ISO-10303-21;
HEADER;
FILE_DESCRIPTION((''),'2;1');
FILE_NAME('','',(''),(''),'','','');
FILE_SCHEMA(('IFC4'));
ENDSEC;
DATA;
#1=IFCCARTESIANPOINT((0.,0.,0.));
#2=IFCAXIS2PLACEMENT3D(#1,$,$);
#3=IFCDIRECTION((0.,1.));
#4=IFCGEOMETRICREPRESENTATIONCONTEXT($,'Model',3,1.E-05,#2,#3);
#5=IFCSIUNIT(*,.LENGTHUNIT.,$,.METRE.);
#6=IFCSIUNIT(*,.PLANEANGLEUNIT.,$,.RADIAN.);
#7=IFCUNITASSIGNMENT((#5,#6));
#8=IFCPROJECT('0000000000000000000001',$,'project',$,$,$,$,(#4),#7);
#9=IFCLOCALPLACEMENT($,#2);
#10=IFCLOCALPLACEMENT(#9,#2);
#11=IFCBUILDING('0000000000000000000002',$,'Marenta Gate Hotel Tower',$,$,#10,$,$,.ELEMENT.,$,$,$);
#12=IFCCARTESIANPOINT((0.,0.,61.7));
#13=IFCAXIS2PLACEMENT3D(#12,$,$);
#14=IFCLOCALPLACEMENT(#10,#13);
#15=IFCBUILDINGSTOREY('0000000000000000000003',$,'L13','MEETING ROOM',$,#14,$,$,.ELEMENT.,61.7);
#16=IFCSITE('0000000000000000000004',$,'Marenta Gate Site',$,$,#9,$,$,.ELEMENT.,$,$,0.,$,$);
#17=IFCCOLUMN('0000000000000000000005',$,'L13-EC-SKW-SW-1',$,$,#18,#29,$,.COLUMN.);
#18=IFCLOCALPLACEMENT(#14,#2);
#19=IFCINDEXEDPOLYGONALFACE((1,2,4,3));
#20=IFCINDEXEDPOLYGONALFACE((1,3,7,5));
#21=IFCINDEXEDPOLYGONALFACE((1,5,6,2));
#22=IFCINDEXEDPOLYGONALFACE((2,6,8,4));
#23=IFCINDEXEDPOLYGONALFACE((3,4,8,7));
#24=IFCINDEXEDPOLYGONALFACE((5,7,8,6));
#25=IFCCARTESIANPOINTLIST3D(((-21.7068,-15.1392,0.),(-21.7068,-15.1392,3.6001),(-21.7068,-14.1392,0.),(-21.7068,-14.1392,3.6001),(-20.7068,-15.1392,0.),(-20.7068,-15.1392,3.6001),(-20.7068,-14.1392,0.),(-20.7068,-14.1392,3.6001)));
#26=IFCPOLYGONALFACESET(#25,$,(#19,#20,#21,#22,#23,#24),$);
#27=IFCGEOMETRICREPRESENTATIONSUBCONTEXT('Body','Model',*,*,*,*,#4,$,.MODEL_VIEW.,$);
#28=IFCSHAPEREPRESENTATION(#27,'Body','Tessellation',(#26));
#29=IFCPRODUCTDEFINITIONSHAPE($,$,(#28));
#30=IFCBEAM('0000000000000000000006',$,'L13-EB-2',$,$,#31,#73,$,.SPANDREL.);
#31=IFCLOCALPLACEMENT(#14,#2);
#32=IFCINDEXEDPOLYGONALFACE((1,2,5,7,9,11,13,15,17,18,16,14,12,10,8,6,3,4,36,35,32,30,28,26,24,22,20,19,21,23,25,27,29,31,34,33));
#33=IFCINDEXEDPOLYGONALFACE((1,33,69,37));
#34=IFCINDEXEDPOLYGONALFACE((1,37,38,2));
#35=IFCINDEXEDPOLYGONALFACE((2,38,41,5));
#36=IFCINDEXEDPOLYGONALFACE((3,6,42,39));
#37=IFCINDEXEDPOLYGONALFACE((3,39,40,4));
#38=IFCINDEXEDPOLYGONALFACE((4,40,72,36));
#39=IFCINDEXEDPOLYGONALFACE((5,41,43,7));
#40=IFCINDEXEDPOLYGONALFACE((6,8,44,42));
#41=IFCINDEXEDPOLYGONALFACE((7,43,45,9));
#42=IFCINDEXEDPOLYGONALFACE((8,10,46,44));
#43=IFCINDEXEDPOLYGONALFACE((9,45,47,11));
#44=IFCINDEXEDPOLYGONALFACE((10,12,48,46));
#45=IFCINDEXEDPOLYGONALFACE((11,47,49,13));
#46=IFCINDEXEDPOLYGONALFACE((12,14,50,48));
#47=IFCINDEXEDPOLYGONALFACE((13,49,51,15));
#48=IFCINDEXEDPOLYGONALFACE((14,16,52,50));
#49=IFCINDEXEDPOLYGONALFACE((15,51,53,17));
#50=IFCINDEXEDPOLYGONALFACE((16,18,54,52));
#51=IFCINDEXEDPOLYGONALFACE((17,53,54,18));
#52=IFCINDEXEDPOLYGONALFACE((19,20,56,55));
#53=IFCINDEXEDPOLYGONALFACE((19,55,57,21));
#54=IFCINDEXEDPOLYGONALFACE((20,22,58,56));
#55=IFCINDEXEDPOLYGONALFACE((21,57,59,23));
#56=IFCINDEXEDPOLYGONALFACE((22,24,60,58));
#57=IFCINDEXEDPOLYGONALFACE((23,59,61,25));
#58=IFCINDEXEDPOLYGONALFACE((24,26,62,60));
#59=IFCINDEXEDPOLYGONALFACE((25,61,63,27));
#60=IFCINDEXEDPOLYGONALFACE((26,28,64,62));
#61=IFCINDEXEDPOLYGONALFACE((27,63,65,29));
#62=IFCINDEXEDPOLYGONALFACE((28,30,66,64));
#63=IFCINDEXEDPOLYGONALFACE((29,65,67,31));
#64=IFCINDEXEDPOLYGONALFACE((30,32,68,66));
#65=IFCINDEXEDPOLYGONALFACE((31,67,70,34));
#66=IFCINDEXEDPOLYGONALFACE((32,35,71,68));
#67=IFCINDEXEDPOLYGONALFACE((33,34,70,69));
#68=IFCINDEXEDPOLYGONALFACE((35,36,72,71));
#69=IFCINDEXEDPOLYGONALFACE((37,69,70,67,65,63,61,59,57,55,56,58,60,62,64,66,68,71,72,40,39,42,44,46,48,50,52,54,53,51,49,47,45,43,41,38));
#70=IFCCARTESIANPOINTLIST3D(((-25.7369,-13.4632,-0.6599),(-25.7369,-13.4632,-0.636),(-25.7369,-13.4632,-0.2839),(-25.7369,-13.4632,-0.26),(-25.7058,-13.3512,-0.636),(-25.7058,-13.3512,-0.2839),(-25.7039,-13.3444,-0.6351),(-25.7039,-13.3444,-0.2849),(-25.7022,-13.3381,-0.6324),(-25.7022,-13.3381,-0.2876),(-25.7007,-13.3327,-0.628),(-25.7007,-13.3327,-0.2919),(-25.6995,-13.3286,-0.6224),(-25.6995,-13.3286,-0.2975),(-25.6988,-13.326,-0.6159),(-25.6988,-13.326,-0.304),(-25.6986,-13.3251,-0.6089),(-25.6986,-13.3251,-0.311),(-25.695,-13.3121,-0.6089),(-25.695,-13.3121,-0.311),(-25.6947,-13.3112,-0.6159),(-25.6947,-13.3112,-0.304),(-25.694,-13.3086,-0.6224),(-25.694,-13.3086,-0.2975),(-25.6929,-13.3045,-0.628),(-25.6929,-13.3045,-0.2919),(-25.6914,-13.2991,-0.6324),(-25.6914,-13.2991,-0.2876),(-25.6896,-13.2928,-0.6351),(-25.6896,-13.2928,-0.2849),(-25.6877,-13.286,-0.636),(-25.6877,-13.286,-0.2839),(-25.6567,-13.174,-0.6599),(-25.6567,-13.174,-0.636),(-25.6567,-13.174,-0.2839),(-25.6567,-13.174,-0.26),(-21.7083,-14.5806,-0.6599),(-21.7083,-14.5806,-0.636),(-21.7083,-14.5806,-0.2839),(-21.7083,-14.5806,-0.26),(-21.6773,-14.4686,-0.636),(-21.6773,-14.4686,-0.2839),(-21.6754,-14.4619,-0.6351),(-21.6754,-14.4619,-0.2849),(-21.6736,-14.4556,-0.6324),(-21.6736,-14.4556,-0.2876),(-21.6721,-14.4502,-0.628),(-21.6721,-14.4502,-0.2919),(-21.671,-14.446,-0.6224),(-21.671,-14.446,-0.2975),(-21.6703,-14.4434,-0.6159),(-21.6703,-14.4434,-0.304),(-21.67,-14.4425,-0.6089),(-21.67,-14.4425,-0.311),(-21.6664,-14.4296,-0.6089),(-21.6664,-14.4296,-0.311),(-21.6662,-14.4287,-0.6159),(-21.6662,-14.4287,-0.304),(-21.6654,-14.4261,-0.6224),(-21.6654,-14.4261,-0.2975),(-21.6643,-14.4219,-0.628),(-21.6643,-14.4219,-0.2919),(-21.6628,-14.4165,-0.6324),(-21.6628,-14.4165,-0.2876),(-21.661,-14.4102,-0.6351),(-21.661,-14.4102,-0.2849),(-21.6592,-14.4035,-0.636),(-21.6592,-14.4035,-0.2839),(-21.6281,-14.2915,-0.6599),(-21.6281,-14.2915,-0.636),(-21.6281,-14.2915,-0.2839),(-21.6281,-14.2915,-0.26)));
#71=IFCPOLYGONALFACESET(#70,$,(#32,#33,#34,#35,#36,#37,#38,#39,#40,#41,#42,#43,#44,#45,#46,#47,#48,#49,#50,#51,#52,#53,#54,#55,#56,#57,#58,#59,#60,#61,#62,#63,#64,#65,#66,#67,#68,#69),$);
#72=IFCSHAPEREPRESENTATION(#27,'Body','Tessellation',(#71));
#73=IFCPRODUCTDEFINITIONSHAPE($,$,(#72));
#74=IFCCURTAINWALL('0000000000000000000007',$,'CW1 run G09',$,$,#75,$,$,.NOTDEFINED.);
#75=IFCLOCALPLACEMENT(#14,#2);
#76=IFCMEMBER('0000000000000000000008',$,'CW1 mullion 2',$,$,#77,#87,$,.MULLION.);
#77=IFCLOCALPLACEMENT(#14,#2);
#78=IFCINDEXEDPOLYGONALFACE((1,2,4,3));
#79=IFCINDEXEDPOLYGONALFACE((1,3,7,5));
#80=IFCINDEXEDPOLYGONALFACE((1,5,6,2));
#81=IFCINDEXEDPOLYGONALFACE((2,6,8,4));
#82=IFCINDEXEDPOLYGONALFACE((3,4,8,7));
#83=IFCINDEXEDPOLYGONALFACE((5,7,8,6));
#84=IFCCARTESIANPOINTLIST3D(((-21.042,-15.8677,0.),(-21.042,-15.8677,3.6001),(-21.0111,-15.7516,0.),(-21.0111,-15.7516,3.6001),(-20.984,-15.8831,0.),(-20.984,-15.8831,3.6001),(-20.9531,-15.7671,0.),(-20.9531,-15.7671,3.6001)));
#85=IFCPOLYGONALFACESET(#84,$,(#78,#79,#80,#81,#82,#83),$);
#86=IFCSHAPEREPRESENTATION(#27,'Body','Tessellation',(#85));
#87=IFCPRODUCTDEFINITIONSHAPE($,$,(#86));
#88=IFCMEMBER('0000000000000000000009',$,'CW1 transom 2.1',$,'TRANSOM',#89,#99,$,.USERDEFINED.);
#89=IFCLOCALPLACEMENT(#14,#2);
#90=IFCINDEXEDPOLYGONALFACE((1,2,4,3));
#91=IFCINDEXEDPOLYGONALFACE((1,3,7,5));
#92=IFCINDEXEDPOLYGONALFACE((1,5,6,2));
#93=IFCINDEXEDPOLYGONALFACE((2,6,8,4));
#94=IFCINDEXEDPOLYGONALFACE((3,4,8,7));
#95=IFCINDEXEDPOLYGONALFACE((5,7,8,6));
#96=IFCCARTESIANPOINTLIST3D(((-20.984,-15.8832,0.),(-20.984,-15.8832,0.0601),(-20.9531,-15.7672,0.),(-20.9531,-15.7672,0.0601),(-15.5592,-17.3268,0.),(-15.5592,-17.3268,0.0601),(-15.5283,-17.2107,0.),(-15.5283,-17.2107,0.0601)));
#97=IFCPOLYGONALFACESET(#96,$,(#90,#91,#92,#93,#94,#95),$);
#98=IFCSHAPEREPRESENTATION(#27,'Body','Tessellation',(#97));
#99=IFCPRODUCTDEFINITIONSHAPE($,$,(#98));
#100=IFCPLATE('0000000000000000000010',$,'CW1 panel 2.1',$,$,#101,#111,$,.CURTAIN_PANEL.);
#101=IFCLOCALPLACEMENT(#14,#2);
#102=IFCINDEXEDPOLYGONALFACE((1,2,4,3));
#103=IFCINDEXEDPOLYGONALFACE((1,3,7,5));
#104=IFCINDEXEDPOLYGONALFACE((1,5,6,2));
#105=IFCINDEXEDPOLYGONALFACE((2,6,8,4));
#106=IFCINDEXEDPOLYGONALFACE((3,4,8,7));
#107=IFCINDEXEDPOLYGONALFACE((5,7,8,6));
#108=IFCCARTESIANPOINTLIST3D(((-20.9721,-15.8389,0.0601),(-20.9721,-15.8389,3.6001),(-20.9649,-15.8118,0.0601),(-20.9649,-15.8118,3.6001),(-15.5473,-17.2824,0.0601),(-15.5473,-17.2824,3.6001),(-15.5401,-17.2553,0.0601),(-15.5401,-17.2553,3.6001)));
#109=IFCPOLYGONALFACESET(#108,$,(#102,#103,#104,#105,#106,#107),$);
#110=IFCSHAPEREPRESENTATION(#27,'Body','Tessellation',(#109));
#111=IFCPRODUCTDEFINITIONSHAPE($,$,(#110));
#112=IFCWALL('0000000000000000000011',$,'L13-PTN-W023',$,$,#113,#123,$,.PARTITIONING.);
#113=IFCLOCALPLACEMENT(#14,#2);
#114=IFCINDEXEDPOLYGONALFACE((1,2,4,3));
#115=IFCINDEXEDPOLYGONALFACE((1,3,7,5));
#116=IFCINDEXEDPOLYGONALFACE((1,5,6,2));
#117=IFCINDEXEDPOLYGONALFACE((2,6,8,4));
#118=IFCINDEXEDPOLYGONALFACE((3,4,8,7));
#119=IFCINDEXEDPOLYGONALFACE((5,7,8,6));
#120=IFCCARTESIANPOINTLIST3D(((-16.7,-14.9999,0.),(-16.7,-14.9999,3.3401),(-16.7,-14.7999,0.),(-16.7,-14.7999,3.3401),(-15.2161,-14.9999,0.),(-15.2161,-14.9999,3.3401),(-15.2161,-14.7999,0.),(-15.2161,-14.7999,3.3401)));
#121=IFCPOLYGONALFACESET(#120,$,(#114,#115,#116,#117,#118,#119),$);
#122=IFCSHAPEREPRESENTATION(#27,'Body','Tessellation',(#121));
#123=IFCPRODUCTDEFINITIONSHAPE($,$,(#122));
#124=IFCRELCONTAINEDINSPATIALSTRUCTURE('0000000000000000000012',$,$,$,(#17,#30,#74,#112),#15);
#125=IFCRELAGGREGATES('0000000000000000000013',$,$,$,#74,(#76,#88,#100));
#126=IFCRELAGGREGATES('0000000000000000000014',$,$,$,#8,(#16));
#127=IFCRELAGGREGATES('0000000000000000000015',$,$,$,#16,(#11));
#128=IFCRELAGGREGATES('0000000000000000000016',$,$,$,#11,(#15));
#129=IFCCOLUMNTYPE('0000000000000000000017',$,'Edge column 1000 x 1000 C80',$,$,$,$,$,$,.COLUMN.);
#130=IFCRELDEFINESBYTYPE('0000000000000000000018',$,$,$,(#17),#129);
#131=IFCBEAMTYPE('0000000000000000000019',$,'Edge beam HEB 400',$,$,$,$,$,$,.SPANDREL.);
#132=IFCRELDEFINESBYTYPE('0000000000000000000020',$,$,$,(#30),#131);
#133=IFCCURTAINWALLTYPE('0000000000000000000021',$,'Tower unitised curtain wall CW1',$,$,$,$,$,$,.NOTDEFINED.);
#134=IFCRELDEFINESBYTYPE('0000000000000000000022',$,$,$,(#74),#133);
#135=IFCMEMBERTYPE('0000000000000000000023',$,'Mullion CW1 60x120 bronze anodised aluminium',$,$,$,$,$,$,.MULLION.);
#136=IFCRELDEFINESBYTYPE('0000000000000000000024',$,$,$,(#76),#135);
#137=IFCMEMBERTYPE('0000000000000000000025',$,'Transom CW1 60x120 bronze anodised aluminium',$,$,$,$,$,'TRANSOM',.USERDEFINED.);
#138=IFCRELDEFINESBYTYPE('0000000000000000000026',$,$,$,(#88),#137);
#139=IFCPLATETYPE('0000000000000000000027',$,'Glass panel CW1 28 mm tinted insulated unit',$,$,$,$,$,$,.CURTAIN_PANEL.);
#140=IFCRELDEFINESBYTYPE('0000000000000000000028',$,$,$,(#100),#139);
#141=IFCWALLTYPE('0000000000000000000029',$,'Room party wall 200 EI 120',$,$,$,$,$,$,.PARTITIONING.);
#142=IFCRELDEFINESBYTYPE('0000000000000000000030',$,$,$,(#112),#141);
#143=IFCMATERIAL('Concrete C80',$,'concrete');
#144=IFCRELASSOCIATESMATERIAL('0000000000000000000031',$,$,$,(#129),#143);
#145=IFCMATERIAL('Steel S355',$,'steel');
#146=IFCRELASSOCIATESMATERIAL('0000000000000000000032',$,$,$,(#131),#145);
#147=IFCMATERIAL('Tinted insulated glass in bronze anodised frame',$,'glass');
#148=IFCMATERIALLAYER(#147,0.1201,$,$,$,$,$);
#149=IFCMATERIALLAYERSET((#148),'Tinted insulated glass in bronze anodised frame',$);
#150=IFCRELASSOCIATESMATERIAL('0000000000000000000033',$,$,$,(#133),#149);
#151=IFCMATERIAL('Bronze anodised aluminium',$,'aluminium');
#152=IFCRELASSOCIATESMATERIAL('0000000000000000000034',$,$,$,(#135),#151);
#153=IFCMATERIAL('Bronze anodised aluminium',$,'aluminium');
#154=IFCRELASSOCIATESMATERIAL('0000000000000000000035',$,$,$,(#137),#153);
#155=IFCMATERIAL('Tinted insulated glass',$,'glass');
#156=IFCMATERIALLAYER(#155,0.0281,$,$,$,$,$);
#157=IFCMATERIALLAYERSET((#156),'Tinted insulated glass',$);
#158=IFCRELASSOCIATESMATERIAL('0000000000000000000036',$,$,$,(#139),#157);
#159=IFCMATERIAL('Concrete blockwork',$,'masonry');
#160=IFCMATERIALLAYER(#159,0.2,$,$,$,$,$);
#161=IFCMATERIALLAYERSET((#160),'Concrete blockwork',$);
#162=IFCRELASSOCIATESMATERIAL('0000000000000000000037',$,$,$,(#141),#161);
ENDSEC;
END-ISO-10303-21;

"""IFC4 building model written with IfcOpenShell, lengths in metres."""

from ifc_helpers import new_model, si_unit, direction, frame, frame_2d, origin, origin_2d, place, context, subcontext, project, spatial, rectangle, i_section, extrude, material, layer, layer_set, material_profile, profile_set, type_object, element, aggregate, save


model = new_model("IFC4")

# Units and contexts
model_context = context("Model", 3, precision=1e-05, world=origin(), true_north=direction((0.0, 1.0)))
body_context = subcontext(model_context, "Body", "Model", "MODEL_VIEW")
ifc_project = project(units=[si_unit("LENGTHUNIT", "METRE"), si_unit("PLANEANGLEUNIT", "RADIAN")], contexts=[model_context])

# Site, building, storey
site_placement = place(None, origin())
site = spatial("IfcSite", under=ifc_project, at=site_placement, Name="Marenta Gate Site", CompositionType="ELEMENT", RefElevation=0.0)
building_placement = place(site_placement, origin())
building = spatial("IfcBuilding", under=site, at=building_placement, Name="Marenta Gate Hotel Tower", CompositionType="ELEMENT")
storey_placement = place(building_placement, frame((0.0, 0.0, 61.7)))
storey = spatial("IfcBuildingStorey", under=building, at=storey_placement, Name="L13", Description="MEETING ROOM", CompositionType="ELEMENT", Elevation=61.7)

# Column
ifc_material_1 = material(Name="Concrete C80", Category="concrete")
ifc_material_profile_1 = material_profile(ifc_material_1, rectangle(XDim=1.0, YDim=1.0, at=origin_2d()), Name="1000 x 1000")
ifc_profile_set_1 = profile_set([ifc_material_profile_1], Name="Concrete C80")
column_type = type_object("IfcColumnType", Name="Edge column 1000 x 1000 C80", PredefinedType="COLUMN", material=ifc_profile_set_1)
column_placement = place(storey_placement, frame((-21.2068, -14.6392, 0.0), z_axis=(0.0, 0.0, 1.0), x_axis=(1.0, 0.0, 0.0)))
element("IfcColumn", 1, at=column_placement, inside=storey, type_object=column_type, Name="L13-EC-SKW-SW-1", PredefinedType="COLUMN", context=body_context, shape_type="SweptSolid", body=[
    extrude(rectangle(XDim=1.0, YDim=1.0, at=origin_2d()), origin(), (0.0, 0.0, 1.0), 3.6001),
])

# Beam
ifc_material_2 = material(Name="Steel S355", Category="steel")
ifc_material_profile_2 = material_profile(ifc_material_2, i_section(OverallWidth=0.3, OverallDepth=0.3999, WebThickness=0.0134, FlangeThickness=0.0239, FilletRadius=0.0271, at=origin_2d()), Name="HEB 400")
ifc_profile_set_2 = profile_set([ifc_material_profile_2], Name="Steel S355")
beam_type = type_object("IfcBeamType", Name="Edge beam HEB 400", PredefinedType="SPANDREL", material=ifc_profile_set_2)
beam_placement = place(storey_placement, frame((-21.6682, -14.436, -0.46), z_axis=(-0.963617, 0.267285, 0.0), x_axis=(-0.267285, -0.963617, 0.0)))
element("IfcBeam", 2, at=beam_placement, inside=storey, type_object=beam_type, Name="L13-EB-2", PredefinedType="SPANDREL", context=body_context, shape_type="SweptSolid", body=[
    extrude(i_section(OverallWidth=0.3, OverallDepth=0.3999, WebThickness=0.0134, FlangeThickness=0.0239, FilletRadius=0.0271, at=origin_2d()), origin(), (0.0, 0.0, 1.0), 4.1807),
])

# Curtain wall, members, plate
ifc_material_3 = material(Name="Tinted insulated glass in bronze anodised frame", Category="glass")
ifc_layer_1 = layer(ifc_material_3, 0.1201)
ifc_layer_set_1 = layer_set([ifc_layer_1], Name="Tinted insulated glass in bronze anodised frame")
curtain_wall_type = type_object("IfcCurtainWallType", Name="Tower unitised curtain wall CW1", PredefinedType="NOTDEFINED", material=ifc_layer_set_1)
curtain_wall_placement = place(storey_placement, origin())
curtain_wall = element("IfcCurtainWall", 3, at=curtain_wall_placement, inside=storey, type_object=curtain_wall_type, Name="CW1 run G09", PredefinedType="NOTDEFINED")
ifc_material_4 = material(Name="Bronze anodised aluminium", Category="aluminium")
ifc_material_profile_3 = material_profile(ifc_material_4, rectangle(XDim=0.1201, YDim=0.0601, at=origin_2d()), Name="Mullion CW1 60x120 bronze anodised aluminium")
ifc_profile_set_3 = profile_set([ifc_material_profile_3], Name="Bronze anodised aluminium")
member_type_1 = type_object("IfcMemberType", Name="Mullion CW1 60x120 bronze anodised aluminium", PredefinedType="MULLION", material=ifc_profile_set_3)
member_1_placement = place(storey_placement, frame((-20.9976, -15.8174, 0.0), z_axis=(0.0, 0.0, 1.0), x_axis=(0.257142, 0.966374, 0.0)))
member_1 = element("IfcMember", 4, at=member_1_placement, type_object=member_type_1, Name="CW1 mullion 2", PredefinedType="MULLION", context=body_context, shape_type="SweptSolid", body=[
    extrude(rectangle(XDim=0.1201, YDim=0.0601, at=origin_2d()), origin(), (0.0, 0.0, 1.0), 3.6001),
])
ifc_material_5 = material(Name="Bronze anodised aluminium", Category="aluminium")
ifc_material_profile_4 = material_profile(ifc_material_5, rectangle(XDim=0.1201, YDim=0.0601, at=origin_2d()), Name="Transom CW1 60x120 bronze anodised aluminium")
ifc_profile_set_4 = profile_set([ifc_material_profile_4], Name="Bronze anodised aluminium")
member_type_2 = type_object("IfcMemberType", Name="Transom CW1 60x120 bronze anodised aluminium", ElementType="TRANSOM", PredefinedType="USERDEFINED", material=ifc_profile_set_4)
member_2_placement = place(storey_placement, frame((-20.9685, -15.8252, 0.03), z_axis=(0.966368, -0.257162, 0.0), x_axis=(0.257162, 0.966368, 0.0)))
member_2 = element("IfcMember", 5, at=member_2_placement, type_object=member_type_2, Name="CW1 transom 2.1", ObjectType="TRANSOM", PredefinedType="USERDEFINED", context=body_context, shape_type="SweptSolid", body=[
    extrude(rectangle(XDim=0.1201, YDim=0.0601, at=origin_2d()), origin(), (0.0, 0.0, 1.0), 5.6135),
])
ifc_material_6 = material(Name="Tinted insulated glass", Category="glass")
ifc_layer_2 = layer(ifc_material_6, 0.0281)
ifc_layer_set_2 = layer_set([ifc_layer_2], Name="Tinted insulated glass")
plate_type = type_object("IfcPlateType", Name="Glass panel CW1 28 mm tinted insulated unit", PredefinedType="CURTAIN_PANEL", material=ifc_layer_set_2)
plate_placement = place(storey_placement, frame((-18.2561, -16.5471, 0.0601), z_axis=(0.0, 0.0, 1.0), x_axis=(0.966374, -0.257142, 0.0)))
plate = element("IfcPlate", 6, at=plate_placement, type_object=plate_type, Name="CW1 panel 2.1", PredefinedType="CURTAIN_PANEL", context=body_context, shape_type="SweptSolid", body=[
    extrude(rectangle(XDim=5.6135, YDim=0.0281, at=origin_2d()), origin(), (0.0, 0.0, 1.0), 3.54),
])
aggregate(curtain_wall, [member_1, member_2, plate])

# Wall
ifc_material_7 = material(Name="Concrete blockwork", Category="masonry")
ifc_layer_3 = layer(ifc_material_7, 0.2)
ifc_layer_set_3 = layer_set([ifc_layer_3], Name="Concrete blockwork")
wall_type_1 = type_object("IfcWallType", Name="Room party wall 200 EI 120", PredefinedType="PARTITIONING", material=ifc_layer_set_3)
wall_1_placement = place(storey_placement, frame((-16.7, -14.8999, 0.0), z_axis=(0.0, 0.0, 1.0), x_axis=(1.0, 0.0, 0.0)))
element("IfcWall", 7, at=wall_1_placement, inside=storey, type_object=wall_type_1, Name="L13-PTN-W023", PredefinedType="PARTITIONING", context=body_context, shape_type="SweptSolid", body=[
    extrude(rectangle(XDim=1.4839, YDim=0.2, at=frame_2d((0.7419, 0.0))), origin(), (0.0, 0.0, 1.0), 3.3401),
])

save(model, "model.ifc")
